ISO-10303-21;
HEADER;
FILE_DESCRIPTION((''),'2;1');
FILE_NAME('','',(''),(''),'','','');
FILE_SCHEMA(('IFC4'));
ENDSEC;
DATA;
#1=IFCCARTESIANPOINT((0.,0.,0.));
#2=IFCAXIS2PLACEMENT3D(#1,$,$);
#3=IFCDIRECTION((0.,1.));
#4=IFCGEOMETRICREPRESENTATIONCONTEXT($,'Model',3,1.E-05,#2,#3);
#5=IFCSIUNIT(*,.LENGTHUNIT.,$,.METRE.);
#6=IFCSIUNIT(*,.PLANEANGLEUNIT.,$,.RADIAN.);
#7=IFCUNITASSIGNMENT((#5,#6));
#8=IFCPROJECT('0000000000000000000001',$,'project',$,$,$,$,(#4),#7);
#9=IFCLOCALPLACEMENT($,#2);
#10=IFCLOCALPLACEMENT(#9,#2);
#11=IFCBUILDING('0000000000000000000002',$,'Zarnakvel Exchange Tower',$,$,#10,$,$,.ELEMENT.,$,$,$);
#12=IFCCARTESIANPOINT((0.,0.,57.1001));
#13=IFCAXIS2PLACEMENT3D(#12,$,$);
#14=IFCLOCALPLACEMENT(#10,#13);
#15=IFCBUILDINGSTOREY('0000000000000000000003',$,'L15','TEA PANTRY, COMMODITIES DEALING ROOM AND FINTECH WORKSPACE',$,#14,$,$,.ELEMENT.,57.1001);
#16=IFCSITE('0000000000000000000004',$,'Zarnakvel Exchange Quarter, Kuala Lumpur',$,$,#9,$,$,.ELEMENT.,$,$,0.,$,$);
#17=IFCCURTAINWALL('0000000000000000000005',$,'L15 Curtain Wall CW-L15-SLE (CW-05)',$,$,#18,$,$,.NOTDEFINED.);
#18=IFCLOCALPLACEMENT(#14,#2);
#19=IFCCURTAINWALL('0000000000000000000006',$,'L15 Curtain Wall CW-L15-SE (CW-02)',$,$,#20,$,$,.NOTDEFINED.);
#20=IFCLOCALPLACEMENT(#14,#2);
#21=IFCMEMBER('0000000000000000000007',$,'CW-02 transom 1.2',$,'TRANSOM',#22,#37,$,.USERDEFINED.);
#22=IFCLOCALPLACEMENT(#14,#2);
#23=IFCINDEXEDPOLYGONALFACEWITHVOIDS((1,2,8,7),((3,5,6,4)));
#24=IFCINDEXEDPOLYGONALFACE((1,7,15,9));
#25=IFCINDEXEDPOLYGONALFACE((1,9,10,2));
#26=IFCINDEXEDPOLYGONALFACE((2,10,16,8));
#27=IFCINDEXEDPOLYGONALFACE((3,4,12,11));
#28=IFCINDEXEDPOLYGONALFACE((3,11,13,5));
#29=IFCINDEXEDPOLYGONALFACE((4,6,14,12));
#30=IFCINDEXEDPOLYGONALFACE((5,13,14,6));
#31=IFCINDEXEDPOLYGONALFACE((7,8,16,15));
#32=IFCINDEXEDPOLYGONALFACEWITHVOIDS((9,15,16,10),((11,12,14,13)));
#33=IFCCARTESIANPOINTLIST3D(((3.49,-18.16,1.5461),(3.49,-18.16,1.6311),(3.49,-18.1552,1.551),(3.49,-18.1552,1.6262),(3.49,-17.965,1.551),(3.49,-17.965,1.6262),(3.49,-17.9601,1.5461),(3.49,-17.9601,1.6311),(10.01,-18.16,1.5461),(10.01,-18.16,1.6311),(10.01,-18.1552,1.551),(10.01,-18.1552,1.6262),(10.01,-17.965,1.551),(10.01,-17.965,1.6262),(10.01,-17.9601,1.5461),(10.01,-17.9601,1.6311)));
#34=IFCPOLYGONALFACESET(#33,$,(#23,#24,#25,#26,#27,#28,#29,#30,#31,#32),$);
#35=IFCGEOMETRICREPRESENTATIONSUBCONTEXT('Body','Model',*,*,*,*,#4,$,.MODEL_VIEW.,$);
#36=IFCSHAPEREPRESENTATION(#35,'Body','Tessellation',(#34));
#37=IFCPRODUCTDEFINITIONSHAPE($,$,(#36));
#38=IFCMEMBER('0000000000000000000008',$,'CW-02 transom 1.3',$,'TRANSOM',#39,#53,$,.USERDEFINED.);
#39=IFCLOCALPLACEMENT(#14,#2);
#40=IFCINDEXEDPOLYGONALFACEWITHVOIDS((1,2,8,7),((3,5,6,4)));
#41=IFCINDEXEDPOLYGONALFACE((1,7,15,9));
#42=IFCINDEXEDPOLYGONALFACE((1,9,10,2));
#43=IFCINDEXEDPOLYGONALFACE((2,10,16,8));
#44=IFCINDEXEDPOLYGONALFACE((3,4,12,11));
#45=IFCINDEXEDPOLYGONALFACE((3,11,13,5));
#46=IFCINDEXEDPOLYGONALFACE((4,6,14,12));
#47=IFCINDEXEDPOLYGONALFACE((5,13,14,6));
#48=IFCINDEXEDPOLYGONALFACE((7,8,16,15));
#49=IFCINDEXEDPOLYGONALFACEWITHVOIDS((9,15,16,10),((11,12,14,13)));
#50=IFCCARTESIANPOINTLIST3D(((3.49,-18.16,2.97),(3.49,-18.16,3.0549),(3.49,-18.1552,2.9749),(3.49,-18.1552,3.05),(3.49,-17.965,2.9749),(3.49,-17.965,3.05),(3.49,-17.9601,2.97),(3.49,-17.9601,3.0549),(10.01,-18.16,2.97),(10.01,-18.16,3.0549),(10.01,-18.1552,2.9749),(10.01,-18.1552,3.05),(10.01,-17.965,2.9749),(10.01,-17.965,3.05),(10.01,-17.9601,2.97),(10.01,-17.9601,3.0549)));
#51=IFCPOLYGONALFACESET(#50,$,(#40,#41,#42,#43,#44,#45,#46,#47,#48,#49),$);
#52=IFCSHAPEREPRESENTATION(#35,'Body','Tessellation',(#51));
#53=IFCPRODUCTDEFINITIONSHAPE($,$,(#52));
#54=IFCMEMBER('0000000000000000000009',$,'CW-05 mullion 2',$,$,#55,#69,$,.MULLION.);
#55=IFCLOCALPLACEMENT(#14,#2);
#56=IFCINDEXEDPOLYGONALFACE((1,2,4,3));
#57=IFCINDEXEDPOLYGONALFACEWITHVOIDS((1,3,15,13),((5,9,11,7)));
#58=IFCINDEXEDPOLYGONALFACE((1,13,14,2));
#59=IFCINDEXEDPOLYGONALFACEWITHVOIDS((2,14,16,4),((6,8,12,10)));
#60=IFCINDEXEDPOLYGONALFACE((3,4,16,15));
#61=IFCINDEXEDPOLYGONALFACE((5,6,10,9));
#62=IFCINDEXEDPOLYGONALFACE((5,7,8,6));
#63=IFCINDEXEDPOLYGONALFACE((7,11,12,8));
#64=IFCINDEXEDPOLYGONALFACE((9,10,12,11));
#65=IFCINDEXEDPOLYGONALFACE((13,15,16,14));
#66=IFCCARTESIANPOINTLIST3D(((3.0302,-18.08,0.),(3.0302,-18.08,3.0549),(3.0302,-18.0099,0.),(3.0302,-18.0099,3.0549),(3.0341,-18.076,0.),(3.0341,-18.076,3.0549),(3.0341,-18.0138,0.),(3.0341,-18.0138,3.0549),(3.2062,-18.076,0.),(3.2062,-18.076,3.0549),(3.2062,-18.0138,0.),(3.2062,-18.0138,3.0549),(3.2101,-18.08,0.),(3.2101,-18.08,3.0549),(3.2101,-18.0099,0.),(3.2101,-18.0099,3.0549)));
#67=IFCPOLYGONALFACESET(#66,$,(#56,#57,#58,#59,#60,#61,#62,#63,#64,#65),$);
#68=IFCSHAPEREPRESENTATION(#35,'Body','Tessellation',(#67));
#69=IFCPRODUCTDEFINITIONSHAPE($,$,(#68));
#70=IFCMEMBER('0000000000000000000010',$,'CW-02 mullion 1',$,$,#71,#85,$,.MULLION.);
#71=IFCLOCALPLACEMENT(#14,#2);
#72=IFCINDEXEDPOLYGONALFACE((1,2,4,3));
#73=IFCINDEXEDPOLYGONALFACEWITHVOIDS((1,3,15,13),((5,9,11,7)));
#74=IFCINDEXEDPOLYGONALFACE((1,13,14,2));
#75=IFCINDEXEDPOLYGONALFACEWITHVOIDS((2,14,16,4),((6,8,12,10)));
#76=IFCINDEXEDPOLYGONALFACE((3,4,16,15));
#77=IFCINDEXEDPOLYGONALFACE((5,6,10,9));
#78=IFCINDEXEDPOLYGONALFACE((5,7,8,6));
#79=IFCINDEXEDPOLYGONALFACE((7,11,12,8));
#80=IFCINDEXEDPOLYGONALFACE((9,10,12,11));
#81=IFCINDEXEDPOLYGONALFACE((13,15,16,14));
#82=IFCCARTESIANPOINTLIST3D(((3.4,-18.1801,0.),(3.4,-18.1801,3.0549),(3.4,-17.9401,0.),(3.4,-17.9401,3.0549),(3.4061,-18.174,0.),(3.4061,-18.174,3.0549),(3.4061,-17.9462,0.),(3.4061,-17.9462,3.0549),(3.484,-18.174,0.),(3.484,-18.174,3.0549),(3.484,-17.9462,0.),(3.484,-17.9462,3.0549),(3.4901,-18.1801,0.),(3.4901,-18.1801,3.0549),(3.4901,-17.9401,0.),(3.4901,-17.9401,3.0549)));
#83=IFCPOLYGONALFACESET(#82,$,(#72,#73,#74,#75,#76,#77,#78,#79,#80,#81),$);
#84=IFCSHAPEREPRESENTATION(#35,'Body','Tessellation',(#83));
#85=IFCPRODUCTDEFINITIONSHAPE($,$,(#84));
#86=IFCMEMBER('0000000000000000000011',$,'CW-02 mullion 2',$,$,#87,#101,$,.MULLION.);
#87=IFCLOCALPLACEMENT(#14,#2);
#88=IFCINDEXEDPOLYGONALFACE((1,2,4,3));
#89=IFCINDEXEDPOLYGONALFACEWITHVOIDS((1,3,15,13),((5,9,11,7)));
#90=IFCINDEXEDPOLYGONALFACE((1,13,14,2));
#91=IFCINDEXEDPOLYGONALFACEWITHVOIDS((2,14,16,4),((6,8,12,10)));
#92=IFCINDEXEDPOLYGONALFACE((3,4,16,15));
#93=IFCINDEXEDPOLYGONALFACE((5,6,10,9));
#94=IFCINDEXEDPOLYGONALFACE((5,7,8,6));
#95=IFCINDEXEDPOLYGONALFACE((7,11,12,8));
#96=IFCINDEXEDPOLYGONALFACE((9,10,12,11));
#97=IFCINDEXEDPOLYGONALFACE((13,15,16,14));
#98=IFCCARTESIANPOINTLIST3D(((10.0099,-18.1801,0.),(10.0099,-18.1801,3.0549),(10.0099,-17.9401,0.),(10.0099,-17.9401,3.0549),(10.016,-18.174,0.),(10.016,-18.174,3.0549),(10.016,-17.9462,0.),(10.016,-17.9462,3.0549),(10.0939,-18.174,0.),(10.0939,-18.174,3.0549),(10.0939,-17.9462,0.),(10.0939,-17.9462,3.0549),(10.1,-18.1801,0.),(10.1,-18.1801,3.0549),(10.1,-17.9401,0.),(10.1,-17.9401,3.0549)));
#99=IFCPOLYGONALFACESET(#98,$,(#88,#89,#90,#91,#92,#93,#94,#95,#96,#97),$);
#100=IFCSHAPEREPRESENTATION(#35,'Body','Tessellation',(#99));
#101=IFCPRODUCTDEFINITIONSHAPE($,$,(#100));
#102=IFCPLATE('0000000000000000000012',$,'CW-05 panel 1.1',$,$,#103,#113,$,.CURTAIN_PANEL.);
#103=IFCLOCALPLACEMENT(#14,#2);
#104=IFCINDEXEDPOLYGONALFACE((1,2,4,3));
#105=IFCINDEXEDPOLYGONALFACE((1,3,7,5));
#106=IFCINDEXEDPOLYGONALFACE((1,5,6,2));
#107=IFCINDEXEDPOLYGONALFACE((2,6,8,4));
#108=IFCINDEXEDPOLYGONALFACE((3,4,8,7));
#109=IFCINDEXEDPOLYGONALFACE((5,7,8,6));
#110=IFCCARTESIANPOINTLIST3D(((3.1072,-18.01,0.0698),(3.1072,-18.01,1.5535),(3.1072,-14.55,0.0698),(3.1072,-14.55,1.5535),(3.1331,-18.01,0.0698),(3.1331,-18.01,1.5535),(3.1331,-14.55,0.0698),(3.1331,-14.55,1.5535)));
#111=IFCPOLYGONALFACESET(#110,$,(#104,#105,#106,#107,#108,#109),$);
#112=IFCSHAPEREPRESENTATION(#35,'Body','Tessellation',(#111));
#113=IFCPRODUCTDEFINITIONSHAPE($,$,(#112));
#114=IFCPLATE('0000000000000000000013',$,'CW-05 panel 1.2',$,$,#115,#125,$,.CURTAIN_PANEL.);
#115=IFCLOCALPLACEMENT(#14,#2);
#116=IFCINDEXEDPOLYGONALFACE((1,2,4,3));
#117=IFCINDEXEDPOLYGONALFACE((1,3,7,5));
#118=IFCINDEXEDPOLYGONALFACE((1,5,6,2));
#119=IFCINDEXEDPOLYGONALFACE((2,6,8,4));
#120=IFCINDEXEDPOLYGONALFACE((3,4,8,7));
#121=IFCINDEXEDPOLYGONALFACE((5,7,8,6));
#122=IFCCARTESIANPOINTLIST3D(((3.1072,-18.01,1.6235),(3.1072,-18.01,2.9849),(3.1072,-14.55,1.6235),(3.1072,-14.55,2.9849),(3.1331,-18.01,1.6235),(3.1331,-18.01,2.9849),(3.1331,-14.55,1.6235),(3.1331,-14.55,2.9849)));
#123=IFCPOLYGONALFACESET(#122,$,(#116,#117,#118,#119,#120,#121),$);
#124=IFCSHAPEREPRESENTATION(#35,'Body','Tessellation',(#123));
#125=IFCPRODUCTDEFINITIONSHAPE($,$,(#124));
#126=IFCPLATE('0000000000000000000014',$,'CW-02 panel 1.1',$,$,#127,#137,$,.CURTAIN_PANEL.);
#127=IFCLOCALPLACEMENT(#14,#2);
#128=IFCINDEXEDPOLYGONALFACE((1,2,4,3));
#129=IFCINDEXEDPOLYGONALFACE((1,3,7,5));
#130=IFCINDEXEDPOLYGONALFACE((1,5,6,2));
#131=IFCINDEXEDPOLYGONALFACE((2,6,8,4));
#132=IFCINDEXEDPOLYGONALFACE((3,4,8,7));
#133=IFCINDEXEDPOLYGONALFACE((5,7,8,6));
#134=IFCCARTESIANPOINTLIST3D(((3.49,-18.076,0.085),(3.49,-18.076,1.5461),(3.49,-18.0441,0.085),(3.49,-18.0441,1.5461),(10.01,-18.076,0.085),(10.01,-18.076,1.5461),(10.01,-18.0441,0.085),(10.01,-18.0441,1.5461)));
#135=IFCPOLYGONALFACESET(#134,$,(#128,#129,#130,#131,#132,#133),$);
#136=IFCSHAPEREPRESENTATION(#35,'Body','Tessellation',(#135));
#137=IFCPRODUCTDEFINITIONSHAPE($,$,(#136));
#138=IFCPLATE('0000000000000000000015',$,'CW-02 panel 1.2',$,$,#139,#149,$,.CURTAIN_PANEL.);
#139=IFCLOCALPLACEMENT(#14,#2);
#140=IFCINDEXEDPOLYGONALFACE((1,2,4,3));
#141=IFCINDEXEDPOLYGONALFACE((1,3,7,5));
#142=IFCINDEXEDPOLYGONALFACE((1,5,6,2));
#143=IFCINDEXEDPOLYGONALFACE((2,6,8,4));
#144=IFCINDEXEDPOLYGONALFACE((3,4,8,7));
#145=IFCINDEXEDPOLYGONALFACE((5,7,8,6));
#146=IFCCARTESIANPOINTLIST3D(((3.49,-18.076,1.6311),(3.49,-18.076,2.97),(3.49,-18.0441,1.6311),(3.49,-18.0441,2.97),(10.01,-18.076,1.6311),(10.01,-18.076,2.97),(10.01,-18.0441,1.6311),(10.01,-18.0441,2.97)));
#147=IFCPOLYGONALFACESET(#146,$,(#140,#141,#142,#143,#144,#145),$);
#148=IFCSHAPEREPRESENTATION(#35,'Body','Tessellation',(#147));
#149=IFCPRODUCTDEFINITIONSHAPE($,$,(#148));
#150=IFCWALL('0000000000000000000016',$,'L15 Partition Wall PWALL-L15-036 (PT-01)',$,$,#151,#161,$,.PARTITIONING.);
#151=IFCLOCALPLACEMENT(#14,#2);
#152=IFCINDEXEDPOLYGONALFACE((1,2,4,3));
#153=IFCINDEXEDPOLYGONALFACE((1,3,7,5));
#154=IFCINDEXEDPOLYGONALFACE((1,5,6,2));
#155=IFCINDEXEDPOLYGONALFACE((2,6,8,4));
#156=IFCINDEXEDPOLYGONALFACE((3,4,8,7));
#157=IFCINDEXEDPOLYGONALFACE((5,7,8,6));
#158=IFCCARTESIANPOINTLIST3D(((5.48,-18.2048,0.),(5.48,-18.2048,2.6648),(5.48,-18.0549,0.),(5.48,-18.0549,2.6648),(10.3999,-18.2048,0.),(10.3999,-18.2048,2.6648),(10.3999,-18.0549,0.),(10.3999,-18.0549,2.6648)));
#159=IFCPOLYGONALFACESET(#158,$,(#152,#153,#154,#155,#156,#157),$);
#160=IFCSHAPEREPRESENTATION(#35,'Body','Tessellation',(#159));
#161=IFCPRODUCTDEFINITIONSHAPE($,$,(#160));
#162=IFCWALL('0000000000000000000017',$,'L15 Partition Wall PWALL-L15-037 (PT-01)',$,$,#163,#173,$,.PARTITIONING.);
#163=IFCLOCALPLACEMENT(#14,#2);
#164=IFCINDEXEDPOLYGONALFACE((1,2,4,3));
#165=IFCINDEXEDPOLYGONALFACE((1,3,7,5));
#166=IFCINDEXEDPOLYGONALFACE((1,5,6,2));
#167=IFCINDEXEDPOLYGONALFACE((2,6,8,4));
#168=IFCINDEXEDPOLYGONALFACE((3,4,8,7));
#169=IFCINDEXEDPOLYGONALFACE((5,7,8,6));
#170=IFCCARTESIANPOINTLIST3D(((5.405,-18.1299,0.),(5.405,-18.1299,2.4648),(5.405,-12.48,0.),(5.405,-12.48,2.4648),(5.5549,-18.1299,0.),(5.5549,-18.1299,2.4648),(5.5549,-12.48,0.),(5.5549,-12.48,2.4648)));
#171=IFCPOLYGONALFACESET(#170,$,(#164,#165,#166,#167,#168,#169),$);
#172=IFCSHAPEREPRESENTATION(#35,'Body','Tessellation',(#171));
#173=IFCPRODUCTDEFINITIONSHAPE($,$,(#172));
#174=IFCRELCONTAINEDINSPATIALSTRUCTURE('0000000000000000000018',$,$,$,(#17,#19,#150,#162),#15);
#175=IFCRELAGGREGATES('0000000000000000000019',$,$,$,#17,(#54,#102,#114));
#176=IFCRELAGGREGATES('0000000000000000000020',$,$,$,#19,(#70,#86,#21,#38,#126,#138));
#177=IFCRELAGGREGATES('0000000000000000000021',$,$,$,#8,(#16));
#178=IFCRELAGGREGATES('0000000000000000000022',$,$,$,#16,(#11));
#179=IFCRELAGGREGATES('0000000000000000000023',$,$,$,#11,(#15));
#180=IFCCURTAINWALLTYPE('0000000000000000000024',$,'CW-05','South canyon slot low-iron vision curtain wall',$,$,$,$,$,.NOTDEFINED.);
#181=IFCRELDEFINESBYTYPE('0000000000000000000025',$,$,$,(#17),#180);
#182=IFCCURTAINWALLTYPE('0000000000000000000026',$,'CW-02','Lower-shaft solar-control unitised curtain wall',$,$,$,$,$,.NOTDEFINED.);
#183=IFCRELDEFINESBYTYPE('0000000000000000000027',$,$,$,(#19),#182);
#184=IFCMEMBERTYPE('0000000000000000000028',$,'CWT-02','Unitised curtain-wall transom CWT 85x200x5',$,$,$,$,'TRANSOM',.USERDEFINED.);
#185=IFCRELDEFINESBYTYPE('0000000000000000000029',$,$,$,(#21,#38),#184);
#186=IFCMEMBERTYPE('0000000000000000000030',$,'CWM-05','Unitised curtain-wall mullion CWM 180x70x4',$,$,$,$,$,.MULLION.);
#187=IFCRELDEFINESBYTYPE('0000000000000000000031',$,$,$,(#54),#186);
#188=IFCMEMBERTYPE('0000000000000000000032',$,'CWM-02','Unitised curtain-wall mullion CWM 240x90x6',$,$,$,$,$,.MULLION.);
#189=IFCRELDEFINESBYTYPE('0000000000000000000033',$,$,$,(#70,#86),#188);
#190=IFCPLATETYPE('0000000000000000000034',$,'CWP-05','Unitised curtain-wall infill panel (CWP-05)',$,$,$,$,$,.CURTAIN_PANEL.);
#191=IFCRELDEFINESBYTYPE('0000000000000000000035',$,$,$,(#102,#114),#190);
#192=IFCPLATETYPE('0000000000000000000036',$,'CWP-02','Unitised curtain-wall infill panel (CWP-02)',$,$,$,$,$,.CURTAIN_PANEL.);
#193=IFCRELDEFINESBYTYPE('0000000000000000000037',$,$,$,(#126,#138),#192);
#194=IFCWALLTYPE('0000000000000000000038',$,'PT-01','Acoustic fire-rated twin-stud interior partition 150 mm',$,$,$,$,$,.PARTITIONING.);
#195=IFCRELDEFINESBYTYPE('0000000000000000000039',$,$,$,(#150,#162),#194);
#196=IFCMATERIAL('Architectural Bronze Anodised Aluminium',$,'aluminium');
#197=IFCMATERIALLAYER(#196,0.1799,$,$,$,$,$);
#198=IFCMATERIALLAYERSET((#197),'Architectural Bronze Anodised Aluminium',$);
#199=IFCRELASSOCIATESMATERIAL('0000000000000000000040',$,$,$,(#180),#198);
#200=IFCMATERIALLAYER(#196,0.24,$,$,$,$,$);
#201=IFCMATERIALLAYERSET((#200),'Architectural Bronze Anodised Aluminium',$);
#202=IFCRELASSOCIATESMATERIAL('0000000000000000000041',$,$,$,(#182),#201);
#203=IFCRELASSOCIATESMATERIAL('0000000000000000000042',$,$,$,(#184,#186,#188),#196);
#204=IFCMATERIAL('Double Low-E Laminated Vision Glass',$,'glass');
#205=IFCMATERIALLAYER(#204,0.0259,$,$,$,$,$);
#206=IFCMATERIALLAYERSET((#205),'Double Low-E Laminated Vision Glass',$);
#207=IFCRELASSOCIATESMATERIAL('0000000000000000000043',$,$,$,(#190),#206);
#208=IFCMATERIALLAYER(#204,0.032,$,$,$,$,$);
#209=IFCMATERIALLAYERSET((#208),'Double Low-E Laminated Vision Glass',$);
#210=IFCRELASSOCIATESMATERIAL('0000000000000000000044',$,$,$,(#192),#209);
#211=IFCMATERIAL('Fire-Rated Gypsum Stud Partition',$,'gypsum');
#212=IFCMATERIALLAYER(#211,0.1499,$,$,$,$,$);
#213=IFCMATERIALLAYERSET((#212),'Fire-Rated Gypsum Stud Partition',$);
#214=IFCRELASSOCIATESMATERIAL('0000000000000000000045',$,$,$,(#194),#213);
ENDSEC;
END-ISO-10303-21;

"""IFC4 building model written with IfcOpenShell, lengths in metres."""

from ifc_helpers import new_model, si_unit, direction, frame, frame_2d, origin, origin_2d, place, context, subcontext, project, spatial, rectangle, hollow_rectangle, extrude, source, transform, mapped, material, layer, layer_set, material_profile, profile_set, type_object, element, aggregate, save


model = new_model("IFC4")

# Units and contexts
model_context = context("Model", 3, precision=1e-05, world=origin(), true_north=direction((0.0, 1.0)))
body_context = subcontext(model_context, "Body", "Model", "MODEL_VIEW")
ifc_project = project(units=[si_unit("LENGTHUNIT", "METRE"), si_unit("PLANEANGLEUNIT", "RADIAN")], contexts=[model_context])

# Site, building, storey
site_placement = place(None, origin())
site = spatial("IfcSite", under=ifc_project, at=site_placement, Name="Zarnakvel Exchange Quarter, Kuala Lumpur", CompositionType="ELEMENT", RefElevation=0.0)
building_placement = place(site_placement, origin())
building = spatial("IfcBuilding", under=site, at=building_placement, Name="Zarnakvel Exchange Tower", CompositionType="ELEMENT")
storey_placement = place(building_placement, frame((0.0, 0.0, 57.1001)))
storey = spatial("IfcBuildingStorey", under=building, at=storey_placement, Name="L15", Description="TEA PANTRY, COMMODITIES DEALING ROOM AND FINTECH WORKSPACE", CompositionType="ELEMENT", Elevation=57.1001)

# Curtain wall
ifc_material_1 = material(Name="Architectural Bronze Anodised Aluminium", Category="aluminium")
ifc_layer_1 = layer(ifc_material_1, 0.1799)
ifc_layer_set_1 = layer_set([ifc_layer_1], Name="Architectural Bronze Anodised Aluminium")
curtain_wall_type_1 = type_object("IfcCurtainWallType", Name="CW-05", Description="South canyon slot low-iron vision curtain wall", PredefinedType="NOTDEFINED", material=ifc_layer_set_1)
curtain_wall_1_placement = place(storey_placement, origin())
curtain_wall_1 = element("IfcCurtainWall", 1, at=curtain_wall_1_placement, inside=storey, type_object=curtain_wall_type_1, Name="L15 Curtain Wall CW-L15-SLE (CW-05)", PredefinedType="NOTDEFINED")

# Curtain wall, members
ifc_layer_2 = layer(ifc_material_1, 0.24)
ifc_layer_set_2 = layer_set([ifc_layer_2], Name="Architectural Bronze Anodised Aluminium")
curtain_wall_type_2 = type_object("IfcCurtainWallType", Name="CW-02", Description="Lower-shaft solar-control unitised curtain wall", PredefinedType="NOTDEFINED", material=ifc_layer_set_2)
curtain_wall_2_placement = place(storey_placement, origin())
curtain_wall_2 = element("IfcCurtainWall", 2, at=curtain_wall_2_placement, inside=storey, type_object=curtain_wall_type_2, Name="L15 Curtain Wall CW-L15-SE (CW-02)", PredefinedType="NOTDEFINED")
ifc_material_profile_1 = material_profile(ifc_material_1, hollow_rectangle(XDim=0.2, YDim=0.085, WallThickness=0.0049, at=origin_2d()))
ifc_profile_set_1 = profile_set([ifc_material_profile_1], Name="Architectural Bronze Anodised Aluminium")
member_type_1 = type_object("IfcMemberType", Name="CWT-02", Description="Unitised curtain-wall transom CWT 85x200x5", ElementType="TRANSOM", PredefinedType="USERDEFINED", material=ifc_profile_set_1)
shared_shape_1 = source(origin(), body_context, "Body", "SweptSolid", [
    extrude(hollow_rectangle(XDim=0.2, YDim=0.085, WallThickness=0.0049, at=origin_2d()), origin(), (0.0, 0.0, 1.0), 6.52),
])
member_1_placement = place(storey_placement, frame((3.49, -18.0601, 1.5886), z_axis=(1.0, 0.0, 0.0), x_axis=(0.0, 1.0, 0.0)))
member_1 = element("IfcMember", 3, at=member_1_placement, type_object=member_type_1, Name="CW-02 transom 1.2", ObjectType="TRANSOM", PredefinedType="USERDEFINED", context=body_context, shape_type="MappedRepresentation", body=[
    mapped(shared_shape_1, transform((0.0, 0.0, 0.0), x_axis=(1.0, 0.0, 0.0), y_axis=(0.0, 1.0, 0.0), z_axis=(0.0, 0.0, 1.0), scale=1.0)),
])
member_2_placement = place(storey_placement, frame((3.49, -18.0601, 3.0125), z_axis=(1.0, 0.0, 0.0), x_axis=(0.0, 1.0, 0.0)))
member_2 = element("IfcMember", 4, at=member_2_placement, type_object=member_type_1, Name="CW-02 transom 1.3", ObjectType="TRANSOM", PredefinedType="USERDEFINED", context=body_context, shape_type="MappedRepresentation", body=[
    mapped(shared_shape_1, transform((0.0, 0.0, 0.0), x_axis=(1.0, 0.0, 0.0), y_axis=(0.0, 1.0, 0.0), z_axis=(0.0, 0.0, 1.0), scale=1.0)),
])

# Members
ifc_material_profile_2 = material_profile(ifc_material_1, hollow_rectangle(XDim=0.1799, YDim=0.0701, WallThickness=0.0039, at=origin_2d()))
ifc_profile_set_2 = profile_set([ifc_material_profile_2], Name="Architectural Bronze Anodised Aluminium")
member_type_2 = type_object("IfcMemberType", Name="CWM-05", Description="Unitised curtain-wall mullion CWM 180x70x4", PredefinedType="MULLION", material=ifc_profile_set_2)
shared_shape_2 = source(origin(), body_context, "Body", "SweptSolid", [
    extrude(hollow_rectangle(XDim=0.1799, YDim=0.0701, WallThickness=0.0039, at=origin_2d()), origin(), (0.0, 0.0, 1.0), 3.0549),
])
member_3_placement = place(storey_placement, frame((3.1201, -18.0449, 0.0), z_axis=(0.0, 0.0, 1.0), x_axis=(1.0, 0.0, 0.0)))
member_3 = element("IfcMember", 5, at=member_3_placement, type_object=member_type_2, Name="CW-05 mullion 2", PredefinedType="MULLION", context=body_context, shape_type="MappedRepresentation", body=[
    mapped(shared_shape_2, transform((0.0, 0.0, 0.0), x_axis=(1.0, 0.0, 0.0), y_axis=(0.0, 1.0, 0.0), z_axis=(0.0, 0.0, 1.0), scale=1.0)),
])
ifc_material_profile_3 = material_profile(ifc_material_1, hollow_rectangle(XDim=0.24, YDim=0.0901, WallThickness=0.0061, at=origin_2d()))
ifc_profile_set_3 = profile_set([ifc_material_profile_3], Name="Architectural Bronze Anodised Aluminium")
member_type_3 = type_object("IfcMemberType", Name="CWM-02", Description="Unitised curtain-wall mullion CWM 240x90x6", PredefinedType="MULLION", material=ifc_profile_set_3)
shared_shape_3 = source(origin(), body_context, "Body", "SweptSolid", [
    extrude(hollow_rectangle(XDim=0.24, YDim=0.0901, WallThickness=0.0061, at=origin_2d()), origin(), (0.0, 0.0, 1.0), 3.0549),
])
member_4_placement = place(storey_placement, frame((3.4451, -18.0601, 0.0), z_axis=(0.0, 0.0, 1.0), x_axis=(0.0, 1.0, 0.0)))
member_4 = element("IfcMember", 6, at=member_4_placement, type_object=member_type_3, Name="CW-02 mullion 1", PredefinedType="MULLION", context=body_context, shape_type="MappedRepresentation", body=[
    mapped(shared_shape_3, transform((0.0, 0.0, 0.0), x_axis=(1.0, 0.0, 0.0), y_axis=(0.0, 1.0, 0.0), z_axis=(0.0, 0.0, 1.0), scale=1.0)),
])
member_5_placement = place(storey_placement, frame((10.0549, -18.0601, 0.0), z_axis=(0.0, 0.0, 1.0), x_axis=(0.0, 1.0, 0.0)))
member_5 = element("IfcMember", 7, at=member_5_placement, type_object=member_type_3, Name="CW-02 mullion 2", PredefinedType="MULLION", context=body_context, shape_type="MappedRepresentation", body=[
    mapped(shared_shape_3, transform((0.0, 0.0, 0.0), x_axis=(1.0, 0.0, 0.0), y_axis=(0.0, 1.0, 0.0), z_axis=(0.0, 0.0, 1.0), scale=1.0)),
])

# Plates
ifc_material_2 = material(Name="Double Low-E Laminated Vision Glass", Category="glass")
ifc_layer_3 = layer(ifc_material_2, 0.0259)
ifc_layer_set_3 = layer_set([ifc_layer_3], Name="Double Low-E Laminated Vision Glass")
plate_type_1 = type_object("IfcPlateType", Name="CWP-05", Description="Unitised curtain-wall infill panel (CWP-05)", PredefinedType="CURTAIN_PANEL", material=ifc_layer_set_3)
shared_shape_4 = source(origin(), body_context, "Body", "SweptSolid", [
    extrude(rectangle(XDim=3.46, YDim=0.0259, at=origin_2d()), origin(), (0.0, 0.0, 1.0), 1.4836),
])
plate_1_placement = place(storey_placement, frame((3.1201, -16.28, 0.0698), z_axis=(0.0, 0.0, 1.0), x_axis=(0.0, -1.0, 0.0)))
plate_1 = element("IfcPlate", 8, at=plate_1_placement, type_object=plate_type_1, Name="CW-05 panel 1.1", PredefinedType="CURTAIN_PANEL", context=body_context, shape_type="MappedRepresentation", body=[
    mapped(shared_shape_4, transform((0.0, 0.0, 0.0), x_axis=(1.0, 0.0, 0.0), y_axis=(0.0, 1.0, 0.0), z_axis=(0.0, 0.0, 1.0), scale=1.0)),
])
shared_shape_5 = source(origin(), body_context, "Body", "SweptSolid", [
    extrude(rectangle(XDim=3.46, YDim=0.0259, at=origin_2d()), origin(), (0.0, 0.0, 1.0), 1.3613),
])
plate_2_placement = place(storey_placement, frame((3.1201, -16.28, 1.6235), z_axis=(0.0, 0.0, 1.0), x_axis=(0.0, -1.0, 0.0)))
plate_2 = element("IfcPlate", 9, at=plate_2_placement, type_object=plate_type_1, Name="CW-05 panel 1.2", PredefinedType="CURTAIN_PANEL", context=body_context, shape_type="MappedRepresentation", body=[
    mapped(shared_shape_5, transform((0.0, 0.0, 0.0), x_axis=(1.0, 0.0, 0.0), y_axis=(0.0, 1.0, 0.0), z_axis=(0.0, 0.0, 1.0), scale=1.0)),
])
aggregate(curtain_wall_1, [member_3, plate_1, plate_2])
ifc_layer_4 = layer(ifc_material_2, 0.032)
ifc_layer_set_4 = layer_set([ifc_layer_4], Name="Double Low-E Laminated Vision Glass")
plate_type_2 = type_object("IfcPlateType", Name="CWP-02", Description="Unitised curtain-wall infill panel (CWP-02)", PredefinedType="CURTAIN_PANEL", material=ifc_layer_set_4)
shared_shape_6 = source(origin(), body_context, "Body", "SweptSolid", [
    extrude(rectangle(XDim=6.52, YDim=0.032, at=origin_2d()), origin(), (0.0, 0.0, 1.0), 1.4612),
])
plate_3_placement = place(storey_placement, frame((6.75, -18.0601, 0.085), z_axis=(0.0, 0.0, 1.0), x_axis=(1.0, 0.0, 0.0)))
plate_3 = element("IfcPlate", 10, at=plate_3_placement, type_object=plate_type_2, Name="CW-02 panel 1.1", PredefinedType="CURTAIN_PANEL", context=body_context, shape_type="MappedRepresentation", body=[
    mapped(shared_shape_6, transform((0.0, 0.0, 0.0), x_axis=(1.0, 0.0, 0.0), y_axis=(0.0, 1.0, 0.0), z_axis=(0.0, 0.0, 1.0), scale=1.0)),
])
shared_shape_7 = source(origin(), body_context, "Body", "SweptSolid", [
    extrude(rectangle(XDim=6.52, YDim=0.032, at=origin_2d()), origin(), (0.0, 0.0, 1.0), 1.3389),
])
plate_4_placement = place(storey_placement, frame((6.75, -18.0601, 1.6311), z_axis=(0.0, 0.0, 1.0), x_axis=(1.0, 0.0, 0.0)))
plate_4 = element("IfcPlate", 11, at=plate_4_placement, type_object=plate_type_2, Name="CW-02 panel 1.2", PredefinedType="CURTAIN_PANEL", context=body_context, shape_type="MappedRepresentation", body=[
    mapped(shared_shape_7, transform((0.0, 0.0, 0.0), x_axis=(1.0, 0.0, 0.0), y_axis=(0.0, 1.0, 0.0), z_axis=(0.0, 0.0, 1.0), scale=1.0)),
])
aggregate(curtain_wall_2, [member_4, member_5, member_1, member_2, plate_3, plate_4])

# Walls
ifc_material_3 = material(Name="Fire-Rated Gypsum Stud Partition", Category="gypsum")
ifc_layer_5 = layer(ifc_material_3, 0.1499)
ifc_layer_set_5 = layer_set([ifc_layer_5], Name="Fire-Rated Gypsum Stud Partition")
wall_type = type_object("IfcWallType", Name="PT-01", Description="Acoustic fire-rated twin-stud interior partition 150 mm", PredefinedType="PARTITIONING", material=ifc_layer_set_5)
wall_1_placement = place(storey_placement, frame((10.3999, -18.1299, 0.0), z_axis=(0.0, 0.0, 1.0), x_axis=(-1.0, 0.0, 0.0)))
element("IfcWall", 12, at=wall_1_placement, inside=storey, type_object=wall_type, Name="L15 Partition Wall PWALL-L15-036 (PT-01)", PredefinedType="PARTITIONING", context=body_context, shape_type="SweptSolid", body=[
    extrude(rectangle(XDim=4.9199, YDim=0.1499, at=frame_2d((2.46, 0.0))), origin(), (0.0, 0.0, 1.0), 2.6648),
])
wall_2_placement = place(storey_placement, frame((5.48, -18.1299, 0.0), z_axis=(0.0, 0.0, 1.0), x_axis=(0.0, 1.0, 0.0)))
element("IfcWall", 13, at=wall_2_placement, inside=storey, type_object=wall_type, Name="L15 Partition Wall PWALL-L15-037 (PT-01)", PredefinedType="PARTITIONING", context=body_context, shape_type="SweptSolid", body=[
    extrude(rectangle(XDim=5.6499, YDim=0.1499, at=frame_2d((2.825, 0.0))), origin(), (0.0, 0.0, 1.0), 2.4648),
])

save(model, "model.ifc")
